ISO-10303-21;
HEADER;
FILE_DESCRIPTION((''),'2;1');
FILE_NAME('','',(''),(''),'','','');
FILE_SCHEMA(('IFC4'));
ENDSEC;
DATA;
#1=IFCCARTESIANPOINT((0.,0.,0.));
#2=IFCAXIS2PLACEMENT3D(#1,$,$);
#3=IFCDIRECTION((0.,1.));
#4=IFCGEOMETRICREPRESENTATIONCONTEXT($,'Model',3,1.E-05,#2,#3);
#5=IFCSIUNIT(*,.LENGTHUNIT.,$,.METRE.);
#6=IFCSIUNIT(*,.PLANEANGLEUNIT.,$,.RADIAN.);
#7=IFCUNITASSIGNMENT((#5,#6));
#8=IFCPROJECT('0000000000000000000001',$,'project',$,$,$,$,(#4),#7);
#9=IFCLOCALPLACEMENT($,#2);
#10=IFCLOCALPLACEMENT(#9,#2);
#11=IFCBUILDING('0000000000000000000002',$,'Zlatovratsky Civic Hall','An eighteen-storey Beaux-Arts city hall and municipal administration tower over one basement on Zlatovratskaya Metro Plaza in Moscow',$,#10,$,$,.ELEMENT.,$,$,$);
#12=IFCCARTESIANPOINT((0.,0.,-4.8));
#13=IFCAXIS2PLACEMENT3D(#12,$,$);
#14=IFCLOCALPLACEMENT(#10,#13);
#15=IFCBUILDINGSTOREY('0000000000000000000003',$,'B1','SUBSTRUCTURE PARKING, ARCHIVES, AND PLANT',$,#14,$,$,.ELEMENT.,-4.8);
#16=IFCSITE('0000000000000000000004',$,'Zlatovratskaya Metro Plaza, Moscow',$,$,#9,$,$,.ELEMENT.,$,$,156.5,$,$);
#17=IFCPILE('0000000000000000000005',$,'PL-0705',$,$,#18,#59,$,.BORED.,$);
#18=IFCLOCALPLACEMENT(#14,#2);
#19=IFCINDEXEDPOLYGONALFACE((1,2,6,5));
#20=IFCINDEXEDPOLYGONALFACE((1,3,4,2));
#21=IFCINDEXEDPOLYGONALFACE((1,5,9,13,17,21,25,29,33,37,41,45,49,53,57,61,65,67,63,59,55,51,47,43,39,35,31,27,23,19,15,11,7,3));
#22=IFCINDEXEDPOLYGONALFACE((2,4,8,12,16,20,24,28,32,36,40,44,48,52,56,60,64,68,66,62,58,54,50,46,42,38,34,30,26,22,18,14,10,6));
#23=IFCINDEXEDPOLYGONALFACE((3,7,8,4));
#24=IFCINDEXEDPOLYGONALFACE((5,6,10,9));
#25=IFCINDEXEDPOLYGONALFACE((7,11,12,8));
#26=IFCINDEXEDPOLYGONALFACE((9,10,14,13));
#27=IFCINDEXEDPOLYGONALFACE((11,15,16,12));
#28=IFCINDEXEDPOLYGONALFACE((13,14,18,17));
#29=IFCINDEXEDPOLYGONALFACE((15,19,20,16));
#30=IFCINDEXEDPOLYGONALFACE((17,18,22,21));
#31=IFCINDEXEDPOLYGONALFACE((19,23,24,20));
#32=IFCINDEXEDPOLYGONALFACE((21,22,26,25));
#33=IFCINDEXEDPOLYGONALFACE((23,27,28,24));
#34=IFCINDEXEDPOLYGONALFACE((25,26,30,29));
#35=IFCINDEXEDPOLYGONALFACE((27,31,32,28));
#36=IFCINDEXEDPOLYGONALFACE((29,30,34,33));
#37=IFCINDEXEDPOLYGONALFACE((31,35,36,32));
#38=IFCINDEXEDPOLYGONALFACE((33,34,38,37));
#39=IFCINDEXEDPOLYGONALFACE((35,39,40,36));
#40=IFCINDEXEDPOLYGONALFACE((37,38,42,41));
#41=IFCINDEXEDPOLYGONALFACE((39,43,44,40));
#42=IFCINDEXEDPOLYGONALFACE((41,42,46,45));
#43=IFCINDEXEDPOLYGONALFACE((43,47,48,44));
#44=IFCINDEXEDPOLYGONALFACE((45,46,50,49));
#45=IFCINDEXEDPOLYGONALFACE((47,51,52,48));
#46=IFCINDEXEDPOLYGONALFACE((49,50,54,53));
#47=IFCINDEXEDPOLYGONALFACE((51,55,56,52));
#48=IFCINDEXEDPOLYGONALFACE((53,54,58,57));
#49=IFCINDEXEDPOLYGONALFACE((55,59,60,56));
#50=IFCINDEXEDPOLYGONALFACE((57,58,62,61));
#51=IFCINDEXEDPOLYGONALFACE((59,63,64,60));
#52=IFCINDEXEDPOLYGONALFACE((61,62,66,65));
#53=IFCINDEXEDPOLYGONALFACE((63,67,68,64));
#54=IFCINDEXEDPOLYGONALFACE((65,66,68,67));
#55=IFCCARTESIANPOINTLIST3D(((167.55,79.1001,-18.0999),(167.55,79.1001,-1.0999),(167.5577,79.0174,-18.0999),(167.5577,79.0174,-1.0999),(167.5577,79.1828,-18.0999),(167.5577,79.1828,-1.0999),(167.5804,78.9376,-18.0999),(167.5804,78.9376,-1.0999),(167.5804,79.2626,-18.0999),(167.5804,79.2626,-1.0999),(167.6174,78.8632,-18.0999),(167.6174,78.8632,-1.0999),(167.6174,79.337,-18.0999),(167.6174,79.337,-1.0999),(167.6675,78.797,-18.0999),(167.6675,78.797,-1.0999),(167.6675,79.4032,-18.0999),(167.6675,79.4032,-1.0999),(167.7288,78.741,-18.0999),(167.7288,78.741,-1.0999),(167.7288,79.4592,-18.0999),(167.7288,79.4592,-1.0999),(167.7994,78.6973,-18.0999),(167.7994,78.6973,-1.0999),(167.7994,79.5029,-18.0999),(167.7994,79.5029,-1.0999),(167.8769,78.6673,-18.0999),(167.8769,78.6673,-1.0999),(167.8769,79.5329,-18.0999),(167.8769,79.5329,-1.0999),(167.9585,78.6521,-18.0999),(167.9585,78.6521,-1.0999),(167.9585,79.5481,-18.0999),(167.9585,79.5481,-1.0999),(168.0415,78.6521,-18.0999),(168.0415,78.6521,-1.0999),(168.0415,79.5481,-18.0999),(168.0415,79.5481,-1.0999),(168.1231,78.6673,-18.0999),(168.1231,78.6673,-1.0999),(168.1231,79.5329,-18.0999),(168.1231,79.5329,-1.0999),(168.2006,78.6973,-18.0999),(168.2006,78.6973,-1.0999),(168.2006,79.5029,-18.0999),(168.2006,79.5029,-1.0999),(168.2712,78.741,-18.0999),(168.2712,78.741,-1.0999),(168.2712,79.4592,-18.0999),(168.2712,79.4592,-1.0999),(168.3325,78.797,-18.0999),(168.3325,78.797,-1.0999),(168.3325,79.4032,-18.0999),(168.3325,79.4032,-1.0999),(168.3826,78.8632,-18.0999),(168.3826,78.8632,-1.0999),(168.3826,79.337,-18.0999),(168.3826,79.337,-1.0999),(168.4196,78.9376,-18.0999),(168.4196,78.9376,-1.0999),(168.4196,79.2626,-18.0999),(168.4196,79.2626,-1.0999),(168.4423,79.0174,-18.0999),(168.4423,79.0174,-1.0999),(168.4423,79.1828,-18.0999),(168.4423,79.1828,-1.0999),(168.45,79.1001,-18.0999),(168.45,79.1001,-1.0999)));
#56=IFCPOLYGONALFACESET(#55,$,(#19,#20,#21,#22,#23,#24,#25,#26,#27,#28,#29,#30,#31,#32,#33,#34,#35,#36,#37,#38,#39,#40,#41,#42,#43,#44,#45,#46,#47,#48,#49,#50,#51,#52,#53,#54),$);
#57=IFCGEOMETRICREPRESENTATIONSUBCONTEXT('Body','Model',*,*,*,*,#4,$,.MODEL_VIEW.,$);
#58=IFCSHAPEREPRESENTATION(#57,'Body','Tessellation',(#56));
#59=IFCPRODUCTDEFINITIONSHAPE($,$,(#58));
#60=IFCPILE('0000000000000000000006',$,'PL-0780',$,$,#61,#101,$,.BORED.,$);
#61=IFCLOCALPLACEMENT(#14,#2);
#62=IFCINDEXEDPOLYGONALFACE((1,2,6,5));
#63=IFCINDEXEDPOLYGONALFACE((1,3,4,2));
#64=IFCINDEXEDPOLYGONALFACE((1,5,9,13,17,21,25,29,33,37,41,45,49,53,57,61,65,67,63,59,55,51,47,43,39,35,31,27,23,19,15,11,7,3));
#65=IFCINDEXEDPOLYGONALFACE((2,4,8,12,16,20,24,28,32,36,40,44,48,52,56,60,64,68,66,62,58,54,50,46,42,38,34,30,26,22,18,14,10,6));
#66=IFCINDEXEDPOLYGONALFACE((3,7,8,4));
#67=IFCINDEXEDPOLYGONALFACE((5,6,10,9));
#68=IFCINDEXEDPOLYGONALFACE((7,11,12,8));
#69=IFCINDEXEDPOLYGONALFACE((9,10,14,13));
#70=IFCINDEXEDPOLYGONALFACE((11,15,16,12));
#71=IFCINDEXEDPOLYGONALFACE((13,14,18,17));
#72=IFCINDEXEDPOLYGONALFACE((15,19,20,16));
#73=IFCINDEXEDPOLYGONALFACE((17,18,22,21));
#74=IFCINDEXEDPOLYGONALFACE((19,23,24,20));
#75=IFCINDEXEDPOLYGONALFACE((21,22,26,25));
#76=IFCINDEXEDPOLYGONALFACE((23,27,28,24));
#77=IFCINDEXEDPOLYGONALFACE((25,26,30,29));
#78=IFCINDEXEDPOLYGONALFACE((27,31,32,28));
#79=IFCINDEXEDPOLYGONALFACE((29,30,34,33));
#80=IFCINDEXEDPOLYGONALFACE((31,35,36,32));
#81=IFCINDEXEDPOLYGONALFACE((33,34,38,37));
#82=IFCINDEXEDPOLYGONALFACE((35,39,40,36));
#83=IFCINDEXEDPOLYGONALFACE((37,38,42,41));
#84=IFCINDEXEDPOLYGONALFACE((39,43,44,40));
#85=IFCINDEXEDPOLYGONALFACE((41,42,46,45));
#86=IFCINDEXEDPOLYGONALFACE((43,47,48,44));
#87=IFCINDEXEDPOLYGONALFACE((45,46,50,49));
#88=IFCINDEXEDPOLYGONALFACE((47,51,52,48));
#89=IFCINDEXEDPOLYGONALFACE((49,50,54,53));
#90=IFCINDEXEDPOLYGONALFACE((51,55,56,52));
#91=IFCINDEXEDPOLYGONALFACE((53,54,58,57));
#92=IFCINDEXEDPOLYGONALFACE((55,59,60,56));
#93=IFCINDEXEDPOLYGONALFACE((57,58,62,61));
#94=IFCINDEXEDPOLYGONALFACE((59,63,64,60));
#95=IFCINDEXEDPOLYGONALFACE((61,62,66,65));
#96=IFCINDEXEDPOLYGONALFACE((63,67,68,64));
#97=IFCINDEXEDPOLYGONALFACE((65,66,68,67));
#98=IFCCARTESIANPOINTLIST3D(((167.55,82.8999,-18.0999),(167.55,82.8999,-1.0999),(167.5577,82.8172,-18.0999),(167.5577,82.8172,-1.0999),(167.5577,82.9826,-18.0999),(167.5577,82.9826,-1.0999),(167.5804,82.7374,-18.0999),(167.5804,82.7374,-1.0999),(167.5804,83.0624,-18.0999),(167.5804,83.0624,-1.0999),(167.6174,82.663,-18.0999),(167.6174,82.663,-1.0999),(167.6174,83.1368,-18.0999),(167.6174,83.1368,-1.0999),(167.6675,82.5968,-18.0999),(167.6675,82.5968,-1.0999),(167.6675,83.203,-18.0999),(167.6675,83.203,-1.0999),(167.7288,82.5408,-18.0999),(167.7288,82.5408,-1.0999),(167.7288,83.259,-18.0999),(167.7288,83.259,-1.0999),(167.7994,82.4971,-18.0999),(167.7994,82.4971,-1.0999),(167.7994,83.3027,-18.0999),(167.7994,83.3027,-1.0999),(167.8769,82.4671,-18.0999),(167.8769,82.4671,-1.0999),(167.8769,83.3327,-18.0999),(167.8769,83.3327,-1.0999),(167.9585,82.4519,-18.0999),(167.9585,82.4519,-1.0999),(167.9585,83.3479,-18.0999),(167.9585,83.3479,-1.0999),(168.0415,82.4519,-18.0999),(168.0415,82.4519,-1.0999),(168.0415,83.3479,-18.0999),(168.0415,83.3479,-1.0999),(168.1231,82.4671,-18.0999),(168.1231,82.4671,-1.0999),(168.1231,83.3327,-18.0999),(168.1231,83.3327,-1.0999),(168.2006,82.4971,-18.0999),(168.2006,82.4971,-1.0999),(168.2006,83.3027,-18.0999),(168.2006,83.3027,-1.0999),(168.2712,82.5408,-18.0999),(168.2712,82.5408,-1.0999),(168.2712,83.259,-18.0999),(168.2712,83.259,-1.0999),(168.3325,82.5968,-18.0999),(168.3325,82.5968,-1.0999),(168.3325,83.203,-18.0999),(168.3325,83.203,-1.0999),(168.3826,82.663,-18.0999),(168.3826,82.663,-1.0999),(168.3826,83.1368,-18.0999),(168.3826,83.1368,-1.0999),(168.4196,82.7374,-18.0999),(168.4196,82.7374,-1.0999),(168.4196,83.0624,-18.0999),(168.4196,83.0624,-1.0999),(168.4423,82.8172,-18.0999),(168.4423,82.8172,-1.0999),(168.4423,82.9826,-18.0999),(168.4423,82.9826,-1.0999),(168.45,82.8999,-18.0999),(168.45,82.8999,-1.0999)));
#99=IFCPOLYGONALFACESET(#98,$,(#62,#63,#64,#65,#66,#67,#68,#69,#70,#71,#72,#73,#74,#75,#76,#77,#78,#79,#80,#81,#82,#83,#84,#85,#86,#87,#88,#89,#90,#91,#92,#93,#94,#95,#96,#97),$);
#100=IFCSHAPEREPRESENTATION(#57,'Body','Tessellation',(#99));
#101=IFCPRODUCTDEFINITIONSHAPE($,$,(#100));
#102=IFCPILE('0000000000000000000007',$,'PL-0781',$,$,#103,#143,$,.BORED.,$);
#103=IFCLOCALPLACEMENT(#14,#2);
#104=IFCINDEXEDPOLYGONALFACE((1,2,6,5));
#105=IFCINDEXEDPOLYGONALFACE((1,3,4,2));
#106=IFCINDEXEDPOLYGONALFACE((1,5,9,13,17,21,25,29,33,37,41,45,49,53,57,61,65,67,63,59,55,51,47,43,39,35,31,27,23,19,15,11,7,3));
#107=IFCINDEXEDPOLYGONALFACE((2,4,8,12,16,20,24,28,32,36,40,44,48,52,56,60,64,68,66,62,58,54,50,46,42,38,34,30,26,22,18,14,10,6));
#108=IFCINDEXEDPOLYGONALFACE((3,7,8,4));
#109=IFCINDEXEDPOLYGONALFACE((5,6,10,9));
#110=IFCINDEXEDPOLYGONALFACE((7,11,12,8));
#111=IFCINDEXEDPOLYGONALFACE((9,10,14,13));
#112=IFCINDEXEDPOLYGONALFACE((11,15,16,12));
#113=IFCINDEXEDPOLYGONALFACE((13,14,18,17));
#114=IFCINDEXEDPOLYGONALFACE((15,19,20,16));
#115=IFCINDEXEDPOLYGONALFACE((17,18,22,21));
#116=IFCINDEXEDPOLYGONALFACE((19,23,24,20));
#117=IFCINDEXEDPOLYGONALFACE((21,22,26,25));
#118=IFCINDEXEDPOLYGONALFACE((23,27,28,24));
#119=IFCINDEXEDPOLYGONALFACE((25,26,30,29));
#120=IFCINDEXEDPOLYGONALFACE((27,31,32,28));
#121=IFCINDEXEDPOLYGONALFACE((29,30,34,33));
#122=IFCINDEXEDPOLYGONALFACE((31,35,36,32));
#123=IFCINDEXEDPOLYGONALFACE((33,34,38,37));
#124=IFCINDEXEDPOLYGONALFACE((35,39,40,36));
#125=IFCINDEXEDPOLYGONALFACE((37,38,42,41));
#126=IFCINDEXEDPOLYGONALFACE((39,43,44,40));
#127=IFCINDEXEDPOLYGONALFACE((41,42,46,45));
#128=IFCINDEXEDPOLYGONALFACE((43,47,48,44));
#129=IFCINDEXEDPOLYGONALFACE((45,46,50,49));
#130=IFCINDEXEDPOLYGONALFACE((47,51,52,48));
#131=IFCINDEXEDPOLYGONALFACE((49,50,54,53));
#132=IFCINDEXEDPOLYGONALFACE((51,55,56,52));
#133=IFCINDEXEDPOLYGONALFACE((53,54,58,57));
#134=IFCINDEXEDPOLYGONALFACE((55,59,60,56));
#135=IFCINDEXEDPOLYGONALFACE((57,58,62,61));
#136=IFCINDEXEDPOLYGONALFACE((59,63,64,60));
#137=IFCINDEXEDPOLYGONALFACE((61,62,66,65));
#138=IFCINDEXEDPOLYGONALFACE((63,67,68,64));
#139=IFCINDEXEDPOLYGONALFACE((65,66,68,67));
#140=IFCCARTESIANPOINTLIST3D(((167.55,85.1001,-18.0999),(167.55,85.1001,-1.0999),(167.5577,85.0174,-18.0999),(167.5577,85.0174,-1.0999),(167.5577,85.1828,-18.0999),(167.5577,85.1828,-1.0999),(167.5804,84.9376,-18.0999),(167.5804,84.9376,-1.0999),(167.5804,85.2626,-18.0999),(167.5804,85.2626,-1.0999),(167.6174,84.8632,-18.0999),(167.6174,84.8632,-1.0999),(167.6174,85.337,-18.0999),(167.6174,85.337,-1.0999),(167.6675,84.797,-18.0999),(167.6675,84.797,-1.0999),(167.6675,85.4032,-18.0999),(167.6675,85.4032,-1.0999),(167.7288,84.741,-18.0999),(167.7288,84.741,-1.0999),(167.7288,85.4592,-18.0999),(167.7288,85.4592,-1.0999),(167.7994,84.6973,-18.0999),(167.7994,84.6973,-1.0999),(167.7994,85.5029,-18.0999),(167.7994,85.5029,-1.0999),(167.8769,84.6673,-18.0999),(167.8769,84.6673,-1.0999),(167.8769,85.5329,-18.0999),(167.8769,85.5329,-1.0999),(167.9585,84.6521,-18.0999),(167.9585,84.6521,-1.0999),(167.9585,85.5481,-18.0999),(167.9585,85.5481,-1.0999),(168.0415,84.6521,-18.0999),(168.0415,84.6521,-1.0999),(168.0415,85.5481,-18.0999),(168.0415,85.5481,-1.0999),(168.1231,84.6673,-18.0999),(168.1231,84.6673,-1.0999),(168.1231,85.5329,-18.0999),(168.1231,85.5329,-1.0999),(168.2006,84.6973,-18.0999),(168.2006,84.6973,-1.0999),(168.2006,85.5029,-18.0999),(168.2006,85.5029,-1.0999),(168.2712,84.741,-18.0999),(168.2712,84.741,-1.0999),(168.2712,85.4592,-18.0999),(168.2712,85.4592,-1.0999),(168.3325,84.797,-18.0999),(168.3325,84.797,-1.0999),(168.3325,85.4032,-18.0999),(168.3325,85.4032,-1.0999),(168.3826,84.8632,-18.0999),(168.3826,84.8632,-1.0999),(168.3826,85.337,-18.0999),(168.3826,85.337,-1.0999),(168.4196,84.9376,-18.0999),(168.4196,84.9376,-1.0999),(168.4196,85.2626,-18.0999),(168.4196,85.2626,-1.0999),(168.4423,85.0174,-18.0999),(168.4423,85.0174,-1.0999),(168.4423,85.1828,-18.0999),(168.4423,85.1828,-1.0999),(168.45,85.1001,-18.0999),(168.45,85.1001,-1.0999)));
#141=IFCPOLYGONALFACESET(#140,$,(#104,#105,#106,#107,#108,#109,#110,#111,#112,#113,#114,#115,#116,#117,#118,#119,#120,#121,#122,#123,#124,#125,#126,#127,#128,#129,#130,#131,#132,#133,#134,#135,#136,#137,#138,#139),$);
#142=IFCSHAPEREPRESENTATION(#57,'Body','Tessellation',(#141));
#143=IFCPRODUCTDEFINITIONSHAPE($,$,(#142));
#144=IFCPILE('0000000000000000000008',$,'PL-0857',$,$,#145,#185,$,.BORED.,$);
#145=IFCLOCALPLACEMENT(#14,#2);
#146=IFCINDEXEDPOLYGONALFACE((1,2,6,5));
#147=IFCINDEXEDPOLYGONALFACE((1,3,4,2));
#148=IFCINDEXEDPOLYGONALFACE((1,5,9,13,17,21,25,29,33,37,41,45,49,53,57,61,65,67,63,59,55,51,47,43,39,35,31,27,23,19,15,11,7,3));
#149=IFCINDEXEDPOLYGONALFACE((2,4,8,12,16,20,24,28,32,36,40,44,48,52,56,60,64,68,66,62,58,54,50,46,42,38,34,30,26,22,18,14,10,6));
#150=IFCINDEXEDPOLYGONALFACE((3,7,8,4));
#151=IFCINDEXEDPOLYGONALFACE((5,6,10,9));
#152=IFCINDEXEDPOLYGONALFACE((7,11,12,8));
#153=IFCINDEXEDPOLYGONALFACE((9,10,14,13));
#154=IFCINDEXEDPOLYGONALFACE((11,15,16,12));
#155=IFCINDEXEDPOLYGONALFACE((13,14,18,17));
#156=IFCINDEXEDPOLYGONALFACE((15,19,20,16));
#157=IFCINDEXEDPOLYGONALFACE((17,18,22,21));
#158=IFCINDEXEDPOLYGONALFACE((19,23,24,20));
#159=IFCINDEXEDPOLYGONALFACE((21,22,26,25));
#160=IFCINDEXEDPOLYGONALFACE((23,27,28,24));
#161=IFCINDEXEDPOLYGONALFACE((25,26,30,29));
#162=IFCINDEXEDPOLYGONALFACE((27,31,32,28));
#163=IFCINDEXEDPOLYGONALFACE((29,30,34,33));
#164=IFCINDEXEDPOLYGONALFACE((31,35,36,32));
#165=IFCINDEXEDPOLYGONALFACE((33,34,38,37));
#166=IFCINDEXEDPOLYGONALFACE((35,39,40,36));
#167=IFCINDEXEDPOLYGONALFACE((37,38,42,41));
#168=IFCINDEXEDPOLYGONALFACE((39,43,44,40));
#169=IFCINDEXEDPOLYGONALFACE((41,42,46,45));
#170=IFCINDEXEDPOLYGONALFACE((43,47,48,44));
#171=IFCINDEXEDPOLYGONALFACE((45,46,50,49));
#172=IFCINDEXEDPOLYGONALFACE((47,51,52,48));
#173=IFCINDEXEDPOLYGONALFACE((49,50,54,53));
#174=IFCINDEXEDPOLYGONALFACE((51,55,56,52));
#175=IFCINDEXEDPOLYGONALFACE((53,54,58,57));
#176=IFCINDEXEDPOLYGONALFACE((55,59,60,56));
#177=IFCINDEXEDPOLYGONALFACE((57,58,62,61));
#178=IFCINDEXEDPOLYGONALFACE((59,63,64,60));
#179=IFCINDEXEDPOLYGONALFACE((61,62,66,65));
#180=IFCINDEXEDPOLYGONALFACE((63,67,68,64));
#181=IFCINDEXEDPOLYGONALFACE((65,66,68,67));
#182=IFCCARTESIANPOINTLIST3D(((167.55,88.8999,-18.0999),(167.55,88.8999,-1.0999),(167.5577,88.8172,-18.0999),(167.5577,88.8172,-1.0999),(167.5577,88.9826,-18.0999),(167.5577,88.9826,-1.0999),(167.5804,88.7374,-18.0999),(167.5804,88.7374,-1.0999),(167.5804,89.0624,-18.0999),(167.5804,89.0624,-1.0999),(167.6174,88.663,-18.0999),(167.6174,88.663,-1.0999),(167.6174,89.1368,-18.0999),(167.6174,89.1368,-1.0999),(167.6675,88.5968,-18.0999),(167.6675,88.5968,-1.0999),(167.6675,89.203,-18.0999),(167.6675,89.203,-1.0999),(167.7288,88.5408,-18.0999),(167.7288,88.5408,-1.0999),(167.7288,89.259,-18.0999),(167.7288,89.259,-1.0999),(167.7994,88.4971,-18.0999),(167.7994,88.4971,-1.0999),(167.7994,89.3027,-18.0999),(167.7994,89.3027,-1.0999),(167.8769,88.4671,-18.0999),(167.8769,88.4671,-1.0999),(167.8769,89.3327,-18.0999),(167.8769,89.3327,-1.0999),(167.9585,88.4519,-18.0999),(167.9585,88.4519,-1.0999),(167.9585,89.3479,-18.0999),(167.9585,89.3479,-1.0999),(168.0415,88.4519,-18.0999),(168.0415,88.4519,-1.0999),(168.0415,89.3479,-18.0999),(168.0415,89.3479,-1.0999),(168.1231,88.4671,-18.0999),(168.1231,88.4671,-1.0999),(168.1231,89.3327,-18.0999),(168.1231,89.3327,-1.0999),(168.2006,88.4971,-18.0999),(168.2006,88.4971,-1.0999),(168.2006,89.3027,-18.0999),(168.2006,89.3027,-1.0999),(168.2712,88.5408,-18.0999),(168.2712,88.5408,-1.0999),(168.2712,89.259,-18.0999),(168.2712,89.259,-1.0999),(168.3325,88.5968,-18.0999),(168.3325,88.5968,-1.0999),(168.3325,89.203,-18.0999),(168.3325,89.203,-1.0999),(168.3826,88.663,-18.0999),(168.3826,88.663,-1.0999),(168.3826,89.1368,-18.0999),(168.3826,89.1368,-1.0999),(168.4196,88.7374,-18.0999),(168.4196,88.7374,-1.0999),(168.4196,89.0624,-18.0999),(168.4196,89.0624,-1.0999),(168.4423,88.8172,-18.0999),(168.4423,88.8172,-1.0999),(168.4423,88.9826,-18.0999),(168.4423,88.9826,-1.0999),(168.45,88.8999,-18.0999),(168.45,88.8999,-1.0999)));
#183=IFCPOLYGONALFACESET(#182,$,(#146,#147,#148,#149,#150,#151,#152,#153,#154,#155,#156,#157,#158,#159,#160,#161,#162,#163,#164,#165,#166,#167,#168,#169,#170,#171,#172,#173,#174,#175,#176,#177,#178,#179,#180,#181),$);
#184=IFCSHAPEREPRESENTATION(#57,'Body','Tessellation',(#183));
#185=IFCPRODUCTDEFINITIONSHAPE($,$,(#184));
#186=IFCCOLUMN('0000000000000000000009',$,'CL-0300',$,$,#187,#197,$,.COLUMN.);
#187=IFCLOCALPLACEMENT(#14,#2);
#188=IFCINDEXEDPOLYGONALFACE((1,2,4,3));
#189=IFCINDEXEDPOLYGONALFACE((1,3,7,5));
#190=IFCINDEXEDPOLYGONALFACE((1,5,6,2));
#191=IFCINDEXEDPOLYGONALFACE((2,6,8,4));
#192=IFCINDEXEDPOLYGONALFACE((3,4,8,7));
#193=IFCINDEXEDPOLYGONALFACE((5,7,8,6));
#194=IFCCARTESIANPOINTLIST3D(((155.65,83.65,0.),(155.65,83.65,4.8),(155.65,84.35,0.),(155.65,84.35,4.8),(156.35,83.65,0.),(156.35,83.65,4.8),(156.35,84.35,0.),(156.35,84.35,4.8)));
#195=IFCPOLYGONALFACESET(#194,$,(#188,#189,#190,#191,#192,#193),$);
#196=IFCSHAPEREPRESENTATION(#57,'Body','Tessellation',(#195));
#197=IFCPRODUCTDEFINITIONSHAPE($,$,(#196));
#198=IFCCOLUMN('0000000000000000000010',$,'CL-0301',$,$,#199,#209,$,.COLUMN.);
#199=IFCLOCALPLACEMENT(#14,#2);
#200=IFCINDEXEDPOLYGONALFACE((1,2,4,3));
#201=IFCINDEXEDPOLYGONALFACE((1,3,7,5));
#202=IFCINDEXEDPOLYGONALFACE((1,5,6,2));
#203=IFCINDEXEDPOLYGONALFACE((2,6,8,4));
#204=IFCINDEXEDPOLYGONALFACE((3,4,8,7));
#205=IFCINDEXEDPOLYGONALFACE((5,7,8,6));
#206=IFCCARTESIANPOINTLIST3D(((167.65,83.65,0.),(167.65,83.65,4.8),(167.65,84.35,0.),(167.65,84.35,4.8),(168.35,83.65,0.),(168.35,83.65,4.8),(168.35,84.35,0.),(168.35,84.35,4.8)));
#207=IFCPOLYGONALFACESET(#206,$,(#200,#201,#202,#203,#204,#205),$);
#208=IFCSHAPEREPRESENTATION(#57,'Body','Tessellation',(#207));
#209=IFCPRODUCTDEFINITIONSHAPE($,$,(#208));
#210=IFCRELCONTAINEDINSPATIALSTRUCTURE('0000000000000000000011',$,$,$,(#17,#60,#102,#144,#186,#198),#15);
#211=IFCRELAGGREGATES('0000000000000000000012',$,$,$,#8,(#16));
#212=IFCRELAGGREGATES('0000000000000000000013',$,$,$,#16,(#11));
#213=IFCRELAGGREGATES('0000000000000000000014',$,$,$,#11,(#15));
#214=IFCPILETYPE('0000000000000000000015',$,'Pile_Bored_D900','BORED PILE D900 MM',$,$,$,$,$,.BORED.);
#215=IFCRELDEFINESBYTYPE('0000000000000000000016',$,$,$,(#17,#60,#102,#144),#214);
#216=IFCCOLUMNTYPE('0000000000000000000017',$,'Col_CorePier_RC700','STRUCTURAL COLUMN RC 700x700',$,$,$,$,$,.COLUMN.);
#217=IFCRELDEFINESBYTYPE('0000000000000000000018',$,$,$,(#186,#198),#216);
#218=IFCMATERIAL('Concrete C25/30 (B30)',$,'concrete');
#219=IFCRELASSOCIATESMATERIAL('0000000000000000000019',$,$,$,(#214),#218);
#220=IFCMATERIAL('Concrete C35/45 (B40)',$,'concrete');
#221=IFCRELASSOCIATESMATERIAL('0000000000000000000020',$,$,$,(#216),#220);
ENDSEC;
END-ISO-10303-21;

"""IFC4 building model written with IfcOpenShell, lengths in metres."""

from ifc_helpers import new_model, si_unit, direction, frame, origin, origin_2d, place, context, subcontext, project, spatial, rectangle, circle, extrude, material, material_profile, profile_set, type_object, element, save


model = new_model("IFC4")

# Units and contexts
model_context = context("Model", 3, precision=1e-05, world=origin(), true_north=direction((0.0, 1.0)))
body_context = subcontext(model_context, "Body", "Model", "MODEL_VIEW")
ifc_project = project(units=[si_unit("LENGTHUNIT", "METRE"), si_unit("PLANEANGLEUNIT", "RADIAN")], contexts=[model_context])

# Site, building, storey
site_placement = place(None, origin())
site = spatial("IfcSite", under=ifc_project, at=site_placement, Name="Zlatovratskaya Metro Plaza, Moscow", CompositionType="ELEMENT", RefElevation=156.5)
building_placement = place(site_placement, origin())
building = spatial("IfcBuilding", under=site, at=building_placement, Name="Zlatovratsky Civic Hall", Description="An eighteen-storey Beaux-Arts city hall and municipal administration tower over one basement on Zlatovratskaya Metro Plaza in Moscow", CompositionType="ELEMENT")
storey_placement = place(building_placement, frame((0.0, 0.0, -4.8)))
storey = spatial("IfcBuildingStorey", under=building, at=storey_placement, Name="B1", Description="SUBSTRUCTURE PARKING, ARCHIVES, AND PLANT", CompositionType="ELEMENT", Elevation=-4.8)

# Shared definitions
ifc_material_1 = material(Name="Concrete C25/30 (B30)", Category="concrete")

# Piles
ifc_material_profile_1 = material_profile(ifc_material_1, circle(Radius=0.45, at=origin_2d()), Name="PILE D900")
ifc_profile_set_1 = profile_set([ifc_material_profile_1], Name="Concrete C25/30 (B30)")
pile_type_1 = type_object("IfcPileType", Name="Pile_Bored_D900", Description="BORED PILE D900 MM", PredefinedType="BORED", material=ifc_profile_set_1)
for number, where, z_axis, x_axis, name in (
    (1, (168.0, 79.1001, -1.0999), (0.0, 0.0, -1.0), (1.0, 0.0, 0.0), "PL-0705"),
    (2, (168.0, 82.8999, -1.0999), (0.0, 0.0, -1.0), (1.0, 0.0, 0.0), "PL-0780"),
    (3, (168.0, 85.1001, -1.0999), (0.0, 0.0, -1.0), (1.0, 0.0, 0.0), "PL-0781"),
    (4, (168.0, 88.8999, -1.0999), (0.0, 0.0, -1.0), (1.0, 0.0, 0.0), "PL-0857"),
):
    element("IfcPile", number, at=place(storey_placement, frame(where, z_axis=z_axis, x_axis=x_axis)), inside=storey, type_object=pile_type_1, Name=name, PredefinedType="BORED", context=body_context, shape_type="SweptSolid", body=[
        extrude(circle(Radius=0.45, at=origin_2d()), origin(), (0.0, 0.0, 1.0), 17.0),
    ])

# Columns
ifc_material_2 = material(Name="Concrete C35/45 (B40)", Category="concrete")
ifc_material_profile_2 = material_profile(ifc_material_2, rectangle(XDim=0.7, YDim=0.7, at=origin_2d()), Name="RC 700x700")
ifc_profile_set_2 = profile_set([ifc_material_profile_2], Name="Concrete C35/45 (B40)")
column_type = type_object("IfcColumnType", Name="Col_CorePier_RC700", Description="STRUCTURAL COLUMN RC 700x700", PredefinedType="COLUMN", material=ifc_profile_set_2)
for number, where, z_axis, x_axis, name in (
    (5, (156.0, 84.0, 0.0), (0.0, 0.0, 1.0), (1.0, 0.0, 0.0), "CL-0300"),
    (6, (168.0, 84.0, 0.0), (0.0, 0.0, 1.0), (1.0, 0.0, 0.0), "CL-0301"),
):
    element("IfcColumn", number, at=place(storey_placement, frame(where, z_axis=z_axis, x_axis=x_axis)), inside=storey, type_object=column_type, Name=name, PredefinedType="COLUMN", context=body_context, shape_type="SweptSolid", body=[
        extrude(rectangle(XDim=0.7, YDim=0.7, at=origin_2d()), origin(), (0.0, 0.0, 1.0), 4.8),
    ])

save(model, "model.ifc")
